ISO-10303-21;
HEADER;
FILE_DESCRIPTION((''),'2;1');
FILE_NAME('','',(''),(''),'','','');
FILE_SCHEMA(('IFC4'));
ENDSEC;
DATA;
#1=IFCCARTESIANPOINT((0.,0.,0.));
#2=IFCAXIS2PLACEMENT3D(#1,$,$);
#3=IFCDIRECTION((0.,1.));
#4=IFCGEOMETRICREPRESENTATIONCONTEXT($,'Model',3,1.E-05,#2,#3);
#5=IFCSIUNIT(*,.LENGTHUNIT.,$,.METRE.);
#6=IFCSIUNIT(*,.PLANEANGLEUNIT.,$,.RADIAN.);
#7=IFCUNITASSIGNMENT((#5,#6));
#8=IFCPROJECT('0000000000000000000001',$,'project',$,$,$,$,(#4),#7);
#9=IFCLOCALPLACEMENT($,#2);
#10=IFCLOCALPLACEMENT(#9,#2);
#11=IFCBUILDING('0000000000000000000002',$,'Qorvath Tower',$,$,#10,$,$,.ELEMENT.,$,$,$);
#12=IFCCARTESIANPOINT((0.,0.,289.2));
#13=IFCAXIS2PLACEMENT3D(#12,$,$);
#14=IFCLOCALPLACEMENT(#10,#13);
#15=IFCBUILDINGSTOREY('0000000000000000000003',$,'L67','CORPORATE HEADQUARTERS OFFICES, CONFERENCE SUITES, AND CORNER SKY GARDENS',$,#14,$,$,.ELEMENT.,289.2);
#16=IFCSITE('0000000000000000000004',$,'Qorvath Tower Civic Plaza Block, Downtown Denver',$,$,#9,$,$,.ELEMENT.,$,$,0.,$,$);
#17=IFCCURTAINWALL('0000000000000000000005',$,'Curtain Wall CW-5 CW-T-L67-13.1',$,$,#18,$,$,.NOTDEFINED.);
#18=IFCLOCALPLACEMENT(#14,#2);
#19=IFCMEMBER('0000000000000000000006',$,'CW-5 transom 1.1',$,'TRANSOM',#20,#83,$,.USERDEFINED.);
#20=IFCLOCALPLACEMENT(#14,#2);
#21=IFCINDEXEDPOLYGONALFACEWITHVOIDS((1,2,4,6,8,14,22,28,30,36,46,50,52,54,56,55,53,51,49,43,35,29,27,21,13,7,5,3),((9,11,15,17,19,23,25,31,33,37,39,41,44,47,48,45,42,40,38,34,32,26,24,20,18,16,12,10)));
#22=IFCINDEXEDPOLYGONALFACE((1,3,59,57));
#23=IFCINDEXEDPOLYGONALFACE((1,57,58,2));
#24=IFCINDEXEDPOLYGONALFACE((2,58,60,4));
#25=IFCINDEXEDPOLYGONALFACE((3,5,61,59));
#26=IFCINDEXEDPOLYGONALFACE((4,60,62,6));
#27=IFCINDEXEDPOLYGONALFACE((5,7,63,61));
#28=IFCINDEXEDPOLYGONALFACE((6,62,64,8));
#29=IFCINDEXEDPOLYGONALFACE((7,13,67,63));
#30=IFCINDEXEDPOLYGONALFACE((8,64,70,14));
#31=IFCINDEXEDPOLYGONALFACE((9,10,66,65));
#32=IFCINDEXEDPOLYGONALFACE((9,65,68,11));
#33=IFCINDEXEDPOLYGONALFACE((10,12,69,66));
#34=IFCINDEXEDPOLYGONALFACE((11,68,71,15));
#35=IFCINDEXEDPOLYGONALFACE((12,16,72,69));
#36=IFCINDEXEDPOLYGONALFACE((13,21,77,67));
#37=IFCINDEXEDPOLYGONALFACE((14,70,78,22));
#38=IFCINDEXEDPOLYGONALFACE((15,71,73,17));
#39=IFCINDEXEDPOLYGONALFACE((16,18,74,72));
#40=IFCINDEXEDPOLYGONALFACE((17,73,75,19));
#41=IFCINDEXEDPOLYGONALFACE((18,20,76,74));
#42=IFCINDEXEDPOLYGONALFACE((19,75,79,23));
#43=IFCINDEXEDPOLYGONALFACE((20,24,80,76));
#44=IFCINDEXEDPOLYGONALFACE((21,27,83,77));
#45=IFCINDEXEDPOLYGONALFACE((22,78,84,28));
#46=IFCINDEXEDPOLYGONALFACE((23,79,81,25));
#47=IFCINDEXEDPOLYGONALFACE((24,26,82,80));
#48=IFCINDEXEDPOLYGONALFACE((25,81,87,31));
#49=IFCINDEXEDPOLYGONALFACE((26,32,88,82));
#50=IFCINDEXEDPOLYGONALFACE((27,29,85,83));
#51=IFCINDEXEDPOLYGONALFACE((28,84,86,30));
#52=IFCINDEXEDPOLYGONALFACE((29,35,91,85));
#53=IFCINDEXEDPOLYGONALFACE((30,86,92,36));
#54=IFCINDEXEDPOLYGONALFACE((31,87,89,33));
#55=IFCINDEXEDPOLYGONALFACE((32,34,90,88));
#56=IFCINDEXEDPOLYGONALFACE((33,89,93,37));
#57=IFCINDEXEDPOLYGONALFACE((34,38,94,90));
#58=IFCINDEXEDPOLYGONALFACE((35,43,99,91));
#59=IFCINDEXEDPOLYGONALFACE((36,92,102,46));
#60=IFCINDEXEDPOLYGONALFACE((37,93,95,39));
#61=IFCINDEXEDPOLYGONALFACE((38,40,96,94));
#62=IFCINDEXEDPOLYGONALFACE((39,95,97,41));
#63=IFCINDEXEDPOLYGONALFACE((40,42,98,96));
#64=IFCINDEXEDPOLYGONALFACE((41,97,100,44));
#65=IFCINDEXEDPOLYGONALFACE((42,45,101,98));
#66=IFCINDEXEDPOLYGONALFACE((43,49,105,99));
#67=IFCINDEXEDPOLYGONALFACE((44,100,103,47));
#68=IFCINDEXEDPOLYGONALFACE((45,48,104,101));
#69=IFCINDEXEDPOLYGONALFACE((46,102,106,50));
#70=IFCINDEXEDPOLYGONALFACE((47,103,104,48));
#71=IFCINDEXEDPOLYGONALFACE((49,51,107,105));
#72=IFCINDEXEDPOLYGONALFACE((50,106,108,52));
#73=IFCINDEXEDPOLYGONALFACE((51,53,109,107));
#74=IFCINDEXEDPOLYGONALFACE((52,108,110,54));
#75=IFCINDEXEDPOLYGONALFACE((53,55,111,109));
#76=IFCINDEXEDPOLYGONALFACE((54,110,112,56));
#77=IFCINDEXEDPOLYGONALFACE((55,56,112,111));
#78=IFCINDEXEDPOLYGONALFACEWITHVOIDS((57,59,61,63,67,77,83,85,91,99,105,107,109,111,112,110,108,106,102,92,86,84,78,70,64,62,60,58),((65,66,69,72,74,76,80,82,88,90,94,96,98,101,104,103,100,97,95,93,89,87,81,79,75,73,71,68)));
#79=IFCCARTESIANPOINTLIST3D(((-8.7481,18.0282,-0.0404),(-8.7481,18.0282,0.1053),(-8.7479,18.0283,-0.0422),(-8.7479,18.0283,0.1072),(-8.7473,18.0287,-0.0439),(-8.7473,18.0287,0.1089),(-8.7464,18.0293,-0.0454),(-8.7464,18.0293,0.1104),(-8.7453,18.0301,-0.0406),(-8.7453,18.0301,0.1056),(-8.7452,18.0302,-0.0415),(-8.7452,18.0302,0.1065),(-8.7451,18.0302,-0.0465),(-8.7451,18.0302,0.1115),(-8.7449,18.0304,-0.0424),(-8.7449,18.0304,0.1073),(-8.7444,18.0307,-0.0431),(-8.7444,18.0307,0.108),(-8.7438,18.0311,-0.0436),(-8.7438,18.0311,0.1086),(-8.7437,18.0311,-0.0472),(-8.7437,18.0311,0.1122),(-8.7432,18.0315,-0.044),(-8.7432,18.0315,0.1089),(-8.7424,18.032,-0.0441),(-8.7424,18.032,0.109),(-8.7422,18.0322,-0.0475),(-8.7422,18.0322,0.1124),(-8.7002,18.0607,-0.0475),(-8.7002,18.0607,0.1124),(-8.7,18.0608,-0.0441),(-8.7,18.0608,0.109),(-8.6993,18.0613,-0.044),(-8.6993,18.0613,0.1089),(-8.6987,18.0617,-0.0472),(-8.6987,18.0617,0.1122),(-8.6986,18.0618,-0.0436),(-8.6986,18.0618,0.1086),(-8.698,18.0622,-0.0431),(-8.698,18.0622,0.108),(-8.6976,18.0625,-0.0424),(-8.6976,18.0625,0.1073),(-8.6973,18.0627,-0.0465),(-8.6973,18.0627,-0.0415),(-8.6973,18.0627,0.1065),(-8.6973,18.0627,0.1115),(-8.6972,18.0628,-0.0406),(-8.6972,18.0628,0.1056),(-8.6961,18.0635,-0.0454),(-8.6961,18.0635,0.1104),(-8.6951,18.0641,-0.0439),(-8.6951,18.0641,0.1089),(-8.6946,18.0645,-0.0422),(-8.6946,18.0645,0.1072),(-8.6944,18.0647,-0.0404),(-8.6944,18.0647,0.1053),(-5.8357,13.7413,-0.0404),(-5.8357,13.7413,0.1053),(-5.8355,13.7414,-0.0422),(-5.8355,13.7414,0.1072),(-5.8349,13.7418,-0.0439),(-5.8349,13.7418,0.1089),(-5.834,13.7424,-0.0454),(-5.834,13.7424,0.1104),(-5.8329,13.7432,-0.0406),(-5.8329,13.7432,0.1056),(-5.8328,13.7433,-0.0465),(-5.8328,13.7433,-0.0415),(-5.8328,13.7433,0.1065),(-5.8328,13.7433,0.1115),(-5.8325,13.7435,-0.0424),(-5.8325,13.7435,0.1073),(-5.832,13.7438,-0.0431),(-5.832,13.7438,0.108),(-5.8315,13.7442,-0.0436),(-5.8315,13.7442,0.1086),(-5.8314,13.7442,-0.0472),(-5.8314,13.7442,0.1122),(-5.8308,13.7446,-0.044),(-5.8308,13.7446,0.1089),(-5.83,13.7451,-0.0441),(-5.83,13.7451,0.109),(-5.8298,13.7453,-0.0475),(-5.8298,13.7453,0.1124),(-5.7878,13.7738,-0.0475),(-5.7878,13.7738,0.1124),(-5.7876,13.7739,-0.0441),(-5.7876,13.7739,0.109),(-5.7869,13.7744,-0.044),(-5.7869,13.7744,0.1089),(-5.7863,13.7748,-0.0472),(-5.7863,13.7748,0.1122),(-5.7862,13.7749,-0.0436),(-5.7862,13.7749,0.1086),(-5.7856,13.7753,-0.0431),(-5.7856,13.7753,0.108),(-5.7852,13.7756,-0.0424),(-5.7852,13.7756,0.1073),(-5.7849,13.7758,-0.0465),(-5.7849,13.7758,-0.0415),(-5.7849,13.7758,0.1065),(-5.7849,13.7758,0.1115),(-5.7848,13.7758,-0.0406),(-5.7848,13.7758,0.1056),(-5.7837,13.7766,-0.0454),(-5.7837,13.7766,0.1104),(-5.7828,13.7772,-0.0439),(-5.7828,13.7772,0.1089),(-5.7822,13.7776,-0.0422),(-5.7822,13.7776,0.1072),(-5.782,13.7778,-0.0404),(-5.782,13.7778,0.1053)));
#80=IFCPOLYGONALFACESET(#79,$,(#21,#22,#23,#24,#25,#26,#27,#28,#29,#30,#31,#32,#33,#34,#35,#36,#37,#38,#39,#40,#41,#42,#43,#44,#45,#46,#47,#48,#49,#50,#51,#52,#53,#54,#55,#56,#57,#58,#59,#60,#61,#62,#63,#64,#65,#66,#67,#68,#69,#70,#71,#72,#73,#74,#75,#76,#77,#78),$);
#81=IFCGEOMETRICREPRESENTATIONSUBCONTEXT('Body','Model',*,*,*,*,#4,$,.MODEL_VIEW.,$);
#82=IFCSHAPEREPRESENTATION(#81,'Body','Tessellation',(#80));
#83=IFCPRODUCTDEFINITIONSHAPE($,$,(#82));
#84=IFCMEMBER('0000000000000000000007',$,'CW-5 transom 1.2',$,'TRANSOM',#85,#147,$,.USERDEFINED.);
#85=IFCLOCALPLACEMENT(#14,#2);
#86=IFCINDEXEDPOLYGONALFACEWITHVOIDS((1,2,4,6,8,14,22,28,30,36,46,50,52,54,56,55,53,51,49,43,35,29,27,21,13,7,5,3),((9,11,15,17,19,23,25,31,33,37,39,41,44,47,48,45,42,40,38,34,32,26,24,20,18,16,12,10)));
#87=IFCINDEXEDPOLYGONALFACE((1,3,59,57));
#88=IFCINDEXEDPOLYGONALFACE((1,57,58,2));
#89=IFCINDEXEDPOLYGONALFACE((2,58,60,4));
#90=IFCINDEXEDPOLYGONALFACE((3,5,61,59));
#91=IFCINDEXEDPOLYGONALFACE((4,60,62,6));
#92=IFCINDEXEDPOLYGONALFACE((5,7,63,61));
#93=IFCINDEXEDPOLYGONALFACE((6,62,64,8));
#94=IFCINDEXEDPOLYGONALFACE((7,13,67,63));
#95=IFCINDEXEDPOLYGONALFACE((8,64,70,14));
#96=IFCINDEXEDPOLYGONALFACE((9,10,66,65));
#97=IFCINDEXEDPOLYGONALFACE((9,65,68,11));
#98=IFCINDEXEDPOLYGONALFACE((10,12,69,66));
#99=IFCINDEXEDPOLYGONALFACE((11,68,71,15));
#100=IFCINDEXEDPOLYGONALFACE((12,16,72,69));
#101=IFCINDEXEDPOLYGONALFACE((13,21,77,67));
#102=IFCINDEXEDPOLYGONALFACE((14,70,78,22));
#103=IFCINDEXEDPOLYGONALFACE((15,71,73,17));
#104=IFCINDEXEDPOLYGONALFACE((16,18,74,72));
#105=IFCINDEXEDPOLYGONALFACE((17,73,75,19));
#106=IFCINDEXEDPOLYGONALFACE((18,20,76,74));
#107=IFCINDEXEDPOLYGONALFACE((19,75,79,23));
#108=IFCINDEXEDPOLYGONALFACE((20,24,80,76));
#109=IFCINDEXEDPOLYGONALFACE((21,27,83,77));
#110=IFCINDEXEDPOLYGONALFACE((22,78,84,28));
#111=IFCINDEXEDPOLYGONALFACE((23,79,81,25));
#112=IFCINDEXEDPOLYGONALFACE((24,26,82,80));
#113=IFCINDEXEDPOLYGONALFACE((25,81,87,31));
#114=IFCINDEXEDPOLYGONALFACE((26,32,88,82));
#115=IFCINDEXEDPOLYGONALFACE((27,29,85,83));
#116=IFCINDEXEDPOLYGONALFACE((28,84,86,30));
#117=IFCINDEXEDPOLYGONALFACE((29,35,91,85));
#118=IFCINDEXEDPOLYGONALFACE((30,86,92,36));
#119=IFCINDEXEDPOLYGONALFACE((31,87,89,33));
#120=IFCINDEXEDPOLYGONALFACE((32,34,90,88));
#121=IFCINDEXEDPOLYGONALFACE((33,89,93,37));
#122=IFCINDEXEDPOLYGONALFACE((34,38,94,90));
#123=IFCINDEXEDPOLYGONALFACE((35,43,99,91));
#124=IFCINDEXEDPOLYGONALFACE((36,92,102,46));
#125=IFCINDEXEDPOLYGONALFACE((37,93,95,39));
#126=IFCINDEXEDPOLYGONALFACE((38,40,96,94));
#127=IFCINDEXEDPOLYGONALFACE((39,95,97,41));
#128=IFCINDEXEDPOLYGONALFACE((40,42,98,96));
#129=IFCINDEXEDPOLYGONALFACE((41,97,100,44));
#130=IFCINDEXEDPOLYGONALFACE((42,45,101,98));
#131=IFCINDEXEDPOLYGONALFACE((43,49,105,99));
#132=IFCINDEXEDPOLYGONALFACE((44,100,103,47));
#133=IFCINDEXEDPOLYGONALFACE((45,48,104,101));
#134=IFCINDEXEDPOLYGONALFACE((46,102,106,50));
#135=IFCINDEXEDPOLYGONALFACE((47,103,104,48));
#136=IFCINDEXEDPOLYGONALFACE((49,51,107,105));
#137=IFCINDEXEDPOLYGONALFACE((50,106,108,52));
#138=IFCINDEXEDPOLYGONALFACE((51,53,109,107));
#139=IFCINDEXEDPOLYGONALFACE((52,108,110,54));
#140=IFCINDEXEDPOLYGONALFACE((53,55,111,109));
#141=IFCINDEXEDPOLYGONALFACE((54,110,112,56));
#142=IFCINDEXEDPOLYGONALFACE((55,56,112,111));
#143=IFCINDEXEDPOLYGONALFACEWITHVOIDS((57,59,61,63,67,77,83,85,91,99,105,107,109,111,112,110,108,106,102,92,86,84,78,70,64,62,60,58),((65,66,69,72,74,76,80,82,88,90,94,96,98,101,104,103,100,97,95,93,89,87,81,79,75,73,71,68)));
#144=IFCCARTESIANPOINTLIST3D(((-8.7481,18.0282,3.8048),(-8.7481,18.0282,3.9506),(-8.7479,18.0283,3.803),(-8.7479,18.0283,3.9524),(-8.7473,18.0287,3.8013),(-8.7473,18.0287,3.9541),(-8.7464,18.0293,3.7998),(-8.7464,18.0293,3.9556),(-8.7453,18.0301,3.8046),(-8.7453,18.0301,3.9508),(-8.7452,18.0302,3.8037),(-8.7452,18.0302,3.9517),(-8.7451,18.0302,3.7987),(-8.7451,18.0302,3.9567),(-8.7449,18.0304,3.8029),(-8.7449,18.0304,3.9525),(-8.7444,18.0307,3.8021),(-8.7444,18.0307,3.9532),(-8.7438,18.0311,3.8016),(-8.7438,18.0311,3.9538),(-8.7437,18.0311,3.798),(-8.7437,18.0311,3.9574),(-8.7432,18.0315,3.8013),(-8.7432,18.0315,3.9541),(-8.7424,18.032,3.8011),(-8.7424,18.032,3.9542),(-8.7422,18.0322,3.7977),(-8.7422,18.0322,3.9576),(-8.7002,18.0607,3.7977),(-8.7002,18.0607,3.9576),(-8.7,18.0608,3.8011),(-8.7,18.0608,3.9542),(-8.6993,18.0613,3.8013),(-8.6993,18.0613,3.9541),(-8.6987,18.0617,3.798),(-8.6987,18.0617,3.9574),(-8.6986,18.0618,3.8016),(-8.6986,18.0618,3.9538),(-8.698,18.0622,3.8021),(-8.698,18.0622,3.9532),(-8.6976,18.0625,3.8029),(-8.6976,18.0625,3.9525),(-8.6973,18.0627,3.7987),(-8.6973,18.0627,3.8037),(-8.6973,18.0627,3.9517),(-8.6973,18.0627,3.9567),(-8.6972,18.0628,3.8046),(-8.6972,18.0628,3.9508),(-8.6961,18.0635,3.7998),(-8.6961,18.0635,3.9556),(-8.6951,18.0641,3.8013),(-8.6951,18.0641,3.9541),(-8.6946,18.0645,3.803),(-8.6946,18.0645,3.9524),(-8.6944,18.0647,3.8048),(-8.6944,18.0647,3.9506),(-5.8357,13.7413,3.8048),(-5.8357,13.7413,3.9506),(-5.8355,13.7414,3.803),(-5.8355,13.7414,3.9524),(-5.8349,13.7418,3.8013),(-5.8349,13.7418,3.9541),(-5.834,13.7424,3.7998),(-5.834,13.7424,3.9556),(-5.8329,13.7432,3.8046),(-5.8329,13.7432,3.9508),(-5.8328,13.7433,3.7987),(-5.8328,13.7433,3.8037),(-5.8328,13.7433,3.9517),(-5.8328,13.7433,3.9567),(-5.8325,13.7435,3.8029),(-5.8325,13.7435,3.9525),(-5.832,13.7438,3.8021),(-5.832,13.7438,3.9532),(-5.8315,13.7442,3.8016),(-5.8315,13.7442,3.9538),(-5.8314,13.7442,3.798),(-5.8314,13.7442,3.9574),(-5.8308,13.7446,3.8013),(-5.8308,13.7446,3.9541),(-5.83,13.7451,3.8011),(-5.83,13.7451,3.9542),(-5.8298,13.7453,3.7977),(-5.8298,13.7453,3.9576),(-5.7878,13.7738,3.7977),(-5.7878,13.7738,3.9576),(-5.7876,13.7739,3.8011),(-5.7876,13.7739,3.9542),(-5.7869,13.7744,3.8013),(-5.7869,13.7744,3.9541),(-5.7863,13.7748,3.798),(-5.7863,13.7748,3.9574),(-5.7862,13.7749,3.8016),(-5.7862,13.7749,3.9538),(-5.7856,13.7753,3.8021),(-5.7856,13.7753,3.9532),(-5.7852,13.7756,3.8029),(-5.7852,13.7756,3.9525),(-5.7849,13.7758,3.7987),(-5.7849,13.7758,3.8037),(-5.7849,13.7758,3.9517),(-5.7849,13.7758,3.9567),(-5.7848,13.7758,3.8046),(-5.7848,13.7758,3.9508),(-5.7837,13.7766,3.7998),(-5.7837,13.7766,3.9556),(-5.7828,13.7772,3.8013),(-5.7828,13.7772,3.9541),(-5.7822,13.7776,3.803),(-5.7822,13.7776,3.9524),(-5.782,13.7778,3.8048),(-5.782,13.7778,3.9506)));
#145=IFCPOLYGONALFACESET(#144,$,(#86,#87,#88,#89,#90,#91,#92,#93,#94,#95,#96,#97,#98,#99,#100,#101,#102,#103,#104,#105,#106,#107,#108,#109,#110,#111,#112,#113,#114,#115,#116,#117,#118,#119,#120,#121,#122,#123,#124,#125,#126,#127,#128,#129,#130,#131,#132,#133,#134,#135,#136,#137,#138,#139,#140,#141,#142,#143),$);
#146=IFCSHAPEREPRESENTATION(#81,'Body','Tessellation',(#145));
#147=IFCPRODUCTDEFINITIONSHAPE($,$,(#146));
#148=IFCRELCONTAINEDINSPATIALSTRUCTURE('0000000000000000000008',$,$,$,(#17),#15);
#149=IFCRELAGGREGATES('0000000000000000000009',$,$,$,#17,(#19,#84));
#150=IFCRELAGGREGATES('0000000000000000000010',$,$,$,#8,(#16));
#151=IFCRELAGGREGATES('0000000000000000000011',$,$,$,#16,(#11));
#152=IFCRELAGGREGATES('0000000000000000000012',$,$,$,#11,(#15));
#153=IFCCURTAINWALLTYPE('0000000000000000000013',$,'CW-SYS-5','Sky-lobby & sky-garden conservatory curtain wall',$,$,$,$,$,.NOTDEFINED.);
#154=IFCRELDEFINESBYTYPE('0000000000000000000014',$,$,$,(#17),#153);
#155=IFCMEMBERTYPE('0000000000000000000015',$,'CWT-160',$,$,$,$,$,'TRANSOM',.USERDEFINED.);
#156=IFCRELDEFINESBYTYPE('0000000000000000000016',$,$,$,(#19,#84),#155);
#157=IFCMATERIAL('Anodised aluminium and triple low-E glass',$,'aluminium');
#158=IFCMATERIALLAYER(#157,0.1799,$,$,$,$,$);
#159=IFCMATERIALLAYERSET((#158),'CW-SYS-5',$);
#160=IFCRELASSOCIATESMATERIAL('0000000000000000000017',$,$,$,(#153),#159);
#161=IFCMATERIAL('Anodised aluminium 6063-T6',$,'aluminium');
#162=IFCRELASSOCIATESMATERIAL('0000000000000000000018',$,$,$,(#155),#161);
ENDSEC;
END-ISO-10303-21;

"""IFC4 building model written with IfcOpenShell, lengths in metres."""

from ifc_helpers import new_model, si_unit, direction, frame, origin, origin_2d, place, context, subcontext, project, spatial, hollow_rectangle, extrude, material, layer, layer_set, material_profile, profile_set, type_object, element, aggregate, save


model = new_model("IFC4")

# Units and contexts
model_context = context("Model", 3, precision=1e-05, world=origin(), true_north=direction((0.0, 1.0)))
body_context = subcontext(model_context, "Body", "Model", "MODEL_VIEW")
ifc_project = project(units=[si_unit("LENGTHUNIT", "METRE"), si_unit("PLANEANGLEUNIT", "RADIAN")], contexts=[model_context])

# Site, building, storey
site_placement = place(None, origin())
site = spatial("IfcSite", under=ifc_project, at=site_placement, Name="Qorvath Tower Civic Plaza Block, Downtown Denver", CompositionType="ELEMENT", RefElevation=0.0)
building_placement = place(site_placement, origin())
building = spatial("IfcBuilding", under=site, at=building_placement, Name="Qorvath Tower", CompositionType="ELEMENT")
storey_placement = place(building_placement, frame((0.0, 0.0, 289.2)))
storey = spatial("IfcBuildingStorey", under=building, at=storey_placement, Name="L67", Description="CORPORATE HEADQUARTERS OFFICES, CONFERENCE SUITES, AND CORNER SKY GARDENS", CompositionType="ELEMENT", Elevation=289.2)

# Shared definitions
ifc_material_1 = material(Name="Anodised aluminium and triple low-E glass", Category="aluminium")
ifc_layer_1 = layer(ifc_material_1, 0.1799)
ifc_layer_set_1 = layer_set([ifc_layer_1], Name="CW-SYS-5")
curtain_wall_type = type_object("IfcCurtainWallType", Name="CW-SYS-5", Description="Sky-lobby & sky-garden conservatory curtain wall", PredefinedType="NOTDEFINED", material=ifc_layer_set_1)

# Curtain wall
curtain_wall_1_placement = place(storey_placement, origin())
curtain_wall_1 = element("IfcCurtainWall", 1, at=curtain_wall_1_placement, inside=storey, type_object=curtain_wall_type, Name="Curtain Wall CW-5 CW-T-L67-13.1", PredefinedType="NOTDEFINED")

# Members
ifc_material_2 = material(Name="Anodised aluminium 6063-T6", Category="aluminium")
ifc_material_profile_1 = material_profile(ifc_material_2, hollow_rectangle(XDim=0.0649, YDim=0.1599, WallThickness=0.0034, InnerFilletRadius=0.0034, OuterFilletRadius=0.0071, at=origin_2d()), Name="CWT 160x65")
ifc_profile_set_1 = profile_set([ifc_material_profile_1], Name="Anodised aluminium 6063-T6")
member_type_1 = type_object("IfcMemberType", Name="CWT-160", ElementType="TRANSOM", PredefinedType="USERDEFINED", material=ifc_profile_set_1)
member_1_placement = place(storey_placement, frame((-5.8088, 13.7595, 0.0325), z_axis=(-0.561952, 0.82717, 0.0), x_axis=(-0.82717, -0.561952, 0.0)))
member_1 = element("IfcMember", 2, at=member_1_placement, type_object=member_type_1, Name="CW-5 transom 1.1", ObjectType="TRANSOM", PredefinedType="USERDEFINED", context=body_context, shape_type="SweptSolid", body=[
    extrude(hollow_rectangle(XDim=0.0649, YDim=0.1599, WallThickness=0.0034, InnerFilletRadius=0.0034, OuterFilletRadius=0.0071, at=origin_2d()), origin(), (0.0, 0.0, 1.0), 5.1826),
])
member_2_placement = place(storey_placement, frame((-5.8088, 13.7595, 3.8777), z_axis=(-0.561952, 0.82717, 0.0), x_axis=(-0.82717, -0.561952, 0.0)))
member_2 = element("IfcMember", 3, at=member_2_placement, type_object=member_type_1, Name="CW-5 transom 1.2", ObjectType="TRANSOM", PredefinedType="USERDEFINED", context=body_context, shape_type="SweptSolid", body=[
    extrude(hollow_rectangle(XDim=0.0649, YDim=0.1599, WallThickness=0.0034, InnerFilletRadius=0.0034, OuterFilletRadius=0.0071, at=origin_2d()), origin(), (0.0, 0.0, 1.0), 5.1826),
])

aggregate(curtain_wall_1, [member_1, member_2])

save(model, "model.ifc")
